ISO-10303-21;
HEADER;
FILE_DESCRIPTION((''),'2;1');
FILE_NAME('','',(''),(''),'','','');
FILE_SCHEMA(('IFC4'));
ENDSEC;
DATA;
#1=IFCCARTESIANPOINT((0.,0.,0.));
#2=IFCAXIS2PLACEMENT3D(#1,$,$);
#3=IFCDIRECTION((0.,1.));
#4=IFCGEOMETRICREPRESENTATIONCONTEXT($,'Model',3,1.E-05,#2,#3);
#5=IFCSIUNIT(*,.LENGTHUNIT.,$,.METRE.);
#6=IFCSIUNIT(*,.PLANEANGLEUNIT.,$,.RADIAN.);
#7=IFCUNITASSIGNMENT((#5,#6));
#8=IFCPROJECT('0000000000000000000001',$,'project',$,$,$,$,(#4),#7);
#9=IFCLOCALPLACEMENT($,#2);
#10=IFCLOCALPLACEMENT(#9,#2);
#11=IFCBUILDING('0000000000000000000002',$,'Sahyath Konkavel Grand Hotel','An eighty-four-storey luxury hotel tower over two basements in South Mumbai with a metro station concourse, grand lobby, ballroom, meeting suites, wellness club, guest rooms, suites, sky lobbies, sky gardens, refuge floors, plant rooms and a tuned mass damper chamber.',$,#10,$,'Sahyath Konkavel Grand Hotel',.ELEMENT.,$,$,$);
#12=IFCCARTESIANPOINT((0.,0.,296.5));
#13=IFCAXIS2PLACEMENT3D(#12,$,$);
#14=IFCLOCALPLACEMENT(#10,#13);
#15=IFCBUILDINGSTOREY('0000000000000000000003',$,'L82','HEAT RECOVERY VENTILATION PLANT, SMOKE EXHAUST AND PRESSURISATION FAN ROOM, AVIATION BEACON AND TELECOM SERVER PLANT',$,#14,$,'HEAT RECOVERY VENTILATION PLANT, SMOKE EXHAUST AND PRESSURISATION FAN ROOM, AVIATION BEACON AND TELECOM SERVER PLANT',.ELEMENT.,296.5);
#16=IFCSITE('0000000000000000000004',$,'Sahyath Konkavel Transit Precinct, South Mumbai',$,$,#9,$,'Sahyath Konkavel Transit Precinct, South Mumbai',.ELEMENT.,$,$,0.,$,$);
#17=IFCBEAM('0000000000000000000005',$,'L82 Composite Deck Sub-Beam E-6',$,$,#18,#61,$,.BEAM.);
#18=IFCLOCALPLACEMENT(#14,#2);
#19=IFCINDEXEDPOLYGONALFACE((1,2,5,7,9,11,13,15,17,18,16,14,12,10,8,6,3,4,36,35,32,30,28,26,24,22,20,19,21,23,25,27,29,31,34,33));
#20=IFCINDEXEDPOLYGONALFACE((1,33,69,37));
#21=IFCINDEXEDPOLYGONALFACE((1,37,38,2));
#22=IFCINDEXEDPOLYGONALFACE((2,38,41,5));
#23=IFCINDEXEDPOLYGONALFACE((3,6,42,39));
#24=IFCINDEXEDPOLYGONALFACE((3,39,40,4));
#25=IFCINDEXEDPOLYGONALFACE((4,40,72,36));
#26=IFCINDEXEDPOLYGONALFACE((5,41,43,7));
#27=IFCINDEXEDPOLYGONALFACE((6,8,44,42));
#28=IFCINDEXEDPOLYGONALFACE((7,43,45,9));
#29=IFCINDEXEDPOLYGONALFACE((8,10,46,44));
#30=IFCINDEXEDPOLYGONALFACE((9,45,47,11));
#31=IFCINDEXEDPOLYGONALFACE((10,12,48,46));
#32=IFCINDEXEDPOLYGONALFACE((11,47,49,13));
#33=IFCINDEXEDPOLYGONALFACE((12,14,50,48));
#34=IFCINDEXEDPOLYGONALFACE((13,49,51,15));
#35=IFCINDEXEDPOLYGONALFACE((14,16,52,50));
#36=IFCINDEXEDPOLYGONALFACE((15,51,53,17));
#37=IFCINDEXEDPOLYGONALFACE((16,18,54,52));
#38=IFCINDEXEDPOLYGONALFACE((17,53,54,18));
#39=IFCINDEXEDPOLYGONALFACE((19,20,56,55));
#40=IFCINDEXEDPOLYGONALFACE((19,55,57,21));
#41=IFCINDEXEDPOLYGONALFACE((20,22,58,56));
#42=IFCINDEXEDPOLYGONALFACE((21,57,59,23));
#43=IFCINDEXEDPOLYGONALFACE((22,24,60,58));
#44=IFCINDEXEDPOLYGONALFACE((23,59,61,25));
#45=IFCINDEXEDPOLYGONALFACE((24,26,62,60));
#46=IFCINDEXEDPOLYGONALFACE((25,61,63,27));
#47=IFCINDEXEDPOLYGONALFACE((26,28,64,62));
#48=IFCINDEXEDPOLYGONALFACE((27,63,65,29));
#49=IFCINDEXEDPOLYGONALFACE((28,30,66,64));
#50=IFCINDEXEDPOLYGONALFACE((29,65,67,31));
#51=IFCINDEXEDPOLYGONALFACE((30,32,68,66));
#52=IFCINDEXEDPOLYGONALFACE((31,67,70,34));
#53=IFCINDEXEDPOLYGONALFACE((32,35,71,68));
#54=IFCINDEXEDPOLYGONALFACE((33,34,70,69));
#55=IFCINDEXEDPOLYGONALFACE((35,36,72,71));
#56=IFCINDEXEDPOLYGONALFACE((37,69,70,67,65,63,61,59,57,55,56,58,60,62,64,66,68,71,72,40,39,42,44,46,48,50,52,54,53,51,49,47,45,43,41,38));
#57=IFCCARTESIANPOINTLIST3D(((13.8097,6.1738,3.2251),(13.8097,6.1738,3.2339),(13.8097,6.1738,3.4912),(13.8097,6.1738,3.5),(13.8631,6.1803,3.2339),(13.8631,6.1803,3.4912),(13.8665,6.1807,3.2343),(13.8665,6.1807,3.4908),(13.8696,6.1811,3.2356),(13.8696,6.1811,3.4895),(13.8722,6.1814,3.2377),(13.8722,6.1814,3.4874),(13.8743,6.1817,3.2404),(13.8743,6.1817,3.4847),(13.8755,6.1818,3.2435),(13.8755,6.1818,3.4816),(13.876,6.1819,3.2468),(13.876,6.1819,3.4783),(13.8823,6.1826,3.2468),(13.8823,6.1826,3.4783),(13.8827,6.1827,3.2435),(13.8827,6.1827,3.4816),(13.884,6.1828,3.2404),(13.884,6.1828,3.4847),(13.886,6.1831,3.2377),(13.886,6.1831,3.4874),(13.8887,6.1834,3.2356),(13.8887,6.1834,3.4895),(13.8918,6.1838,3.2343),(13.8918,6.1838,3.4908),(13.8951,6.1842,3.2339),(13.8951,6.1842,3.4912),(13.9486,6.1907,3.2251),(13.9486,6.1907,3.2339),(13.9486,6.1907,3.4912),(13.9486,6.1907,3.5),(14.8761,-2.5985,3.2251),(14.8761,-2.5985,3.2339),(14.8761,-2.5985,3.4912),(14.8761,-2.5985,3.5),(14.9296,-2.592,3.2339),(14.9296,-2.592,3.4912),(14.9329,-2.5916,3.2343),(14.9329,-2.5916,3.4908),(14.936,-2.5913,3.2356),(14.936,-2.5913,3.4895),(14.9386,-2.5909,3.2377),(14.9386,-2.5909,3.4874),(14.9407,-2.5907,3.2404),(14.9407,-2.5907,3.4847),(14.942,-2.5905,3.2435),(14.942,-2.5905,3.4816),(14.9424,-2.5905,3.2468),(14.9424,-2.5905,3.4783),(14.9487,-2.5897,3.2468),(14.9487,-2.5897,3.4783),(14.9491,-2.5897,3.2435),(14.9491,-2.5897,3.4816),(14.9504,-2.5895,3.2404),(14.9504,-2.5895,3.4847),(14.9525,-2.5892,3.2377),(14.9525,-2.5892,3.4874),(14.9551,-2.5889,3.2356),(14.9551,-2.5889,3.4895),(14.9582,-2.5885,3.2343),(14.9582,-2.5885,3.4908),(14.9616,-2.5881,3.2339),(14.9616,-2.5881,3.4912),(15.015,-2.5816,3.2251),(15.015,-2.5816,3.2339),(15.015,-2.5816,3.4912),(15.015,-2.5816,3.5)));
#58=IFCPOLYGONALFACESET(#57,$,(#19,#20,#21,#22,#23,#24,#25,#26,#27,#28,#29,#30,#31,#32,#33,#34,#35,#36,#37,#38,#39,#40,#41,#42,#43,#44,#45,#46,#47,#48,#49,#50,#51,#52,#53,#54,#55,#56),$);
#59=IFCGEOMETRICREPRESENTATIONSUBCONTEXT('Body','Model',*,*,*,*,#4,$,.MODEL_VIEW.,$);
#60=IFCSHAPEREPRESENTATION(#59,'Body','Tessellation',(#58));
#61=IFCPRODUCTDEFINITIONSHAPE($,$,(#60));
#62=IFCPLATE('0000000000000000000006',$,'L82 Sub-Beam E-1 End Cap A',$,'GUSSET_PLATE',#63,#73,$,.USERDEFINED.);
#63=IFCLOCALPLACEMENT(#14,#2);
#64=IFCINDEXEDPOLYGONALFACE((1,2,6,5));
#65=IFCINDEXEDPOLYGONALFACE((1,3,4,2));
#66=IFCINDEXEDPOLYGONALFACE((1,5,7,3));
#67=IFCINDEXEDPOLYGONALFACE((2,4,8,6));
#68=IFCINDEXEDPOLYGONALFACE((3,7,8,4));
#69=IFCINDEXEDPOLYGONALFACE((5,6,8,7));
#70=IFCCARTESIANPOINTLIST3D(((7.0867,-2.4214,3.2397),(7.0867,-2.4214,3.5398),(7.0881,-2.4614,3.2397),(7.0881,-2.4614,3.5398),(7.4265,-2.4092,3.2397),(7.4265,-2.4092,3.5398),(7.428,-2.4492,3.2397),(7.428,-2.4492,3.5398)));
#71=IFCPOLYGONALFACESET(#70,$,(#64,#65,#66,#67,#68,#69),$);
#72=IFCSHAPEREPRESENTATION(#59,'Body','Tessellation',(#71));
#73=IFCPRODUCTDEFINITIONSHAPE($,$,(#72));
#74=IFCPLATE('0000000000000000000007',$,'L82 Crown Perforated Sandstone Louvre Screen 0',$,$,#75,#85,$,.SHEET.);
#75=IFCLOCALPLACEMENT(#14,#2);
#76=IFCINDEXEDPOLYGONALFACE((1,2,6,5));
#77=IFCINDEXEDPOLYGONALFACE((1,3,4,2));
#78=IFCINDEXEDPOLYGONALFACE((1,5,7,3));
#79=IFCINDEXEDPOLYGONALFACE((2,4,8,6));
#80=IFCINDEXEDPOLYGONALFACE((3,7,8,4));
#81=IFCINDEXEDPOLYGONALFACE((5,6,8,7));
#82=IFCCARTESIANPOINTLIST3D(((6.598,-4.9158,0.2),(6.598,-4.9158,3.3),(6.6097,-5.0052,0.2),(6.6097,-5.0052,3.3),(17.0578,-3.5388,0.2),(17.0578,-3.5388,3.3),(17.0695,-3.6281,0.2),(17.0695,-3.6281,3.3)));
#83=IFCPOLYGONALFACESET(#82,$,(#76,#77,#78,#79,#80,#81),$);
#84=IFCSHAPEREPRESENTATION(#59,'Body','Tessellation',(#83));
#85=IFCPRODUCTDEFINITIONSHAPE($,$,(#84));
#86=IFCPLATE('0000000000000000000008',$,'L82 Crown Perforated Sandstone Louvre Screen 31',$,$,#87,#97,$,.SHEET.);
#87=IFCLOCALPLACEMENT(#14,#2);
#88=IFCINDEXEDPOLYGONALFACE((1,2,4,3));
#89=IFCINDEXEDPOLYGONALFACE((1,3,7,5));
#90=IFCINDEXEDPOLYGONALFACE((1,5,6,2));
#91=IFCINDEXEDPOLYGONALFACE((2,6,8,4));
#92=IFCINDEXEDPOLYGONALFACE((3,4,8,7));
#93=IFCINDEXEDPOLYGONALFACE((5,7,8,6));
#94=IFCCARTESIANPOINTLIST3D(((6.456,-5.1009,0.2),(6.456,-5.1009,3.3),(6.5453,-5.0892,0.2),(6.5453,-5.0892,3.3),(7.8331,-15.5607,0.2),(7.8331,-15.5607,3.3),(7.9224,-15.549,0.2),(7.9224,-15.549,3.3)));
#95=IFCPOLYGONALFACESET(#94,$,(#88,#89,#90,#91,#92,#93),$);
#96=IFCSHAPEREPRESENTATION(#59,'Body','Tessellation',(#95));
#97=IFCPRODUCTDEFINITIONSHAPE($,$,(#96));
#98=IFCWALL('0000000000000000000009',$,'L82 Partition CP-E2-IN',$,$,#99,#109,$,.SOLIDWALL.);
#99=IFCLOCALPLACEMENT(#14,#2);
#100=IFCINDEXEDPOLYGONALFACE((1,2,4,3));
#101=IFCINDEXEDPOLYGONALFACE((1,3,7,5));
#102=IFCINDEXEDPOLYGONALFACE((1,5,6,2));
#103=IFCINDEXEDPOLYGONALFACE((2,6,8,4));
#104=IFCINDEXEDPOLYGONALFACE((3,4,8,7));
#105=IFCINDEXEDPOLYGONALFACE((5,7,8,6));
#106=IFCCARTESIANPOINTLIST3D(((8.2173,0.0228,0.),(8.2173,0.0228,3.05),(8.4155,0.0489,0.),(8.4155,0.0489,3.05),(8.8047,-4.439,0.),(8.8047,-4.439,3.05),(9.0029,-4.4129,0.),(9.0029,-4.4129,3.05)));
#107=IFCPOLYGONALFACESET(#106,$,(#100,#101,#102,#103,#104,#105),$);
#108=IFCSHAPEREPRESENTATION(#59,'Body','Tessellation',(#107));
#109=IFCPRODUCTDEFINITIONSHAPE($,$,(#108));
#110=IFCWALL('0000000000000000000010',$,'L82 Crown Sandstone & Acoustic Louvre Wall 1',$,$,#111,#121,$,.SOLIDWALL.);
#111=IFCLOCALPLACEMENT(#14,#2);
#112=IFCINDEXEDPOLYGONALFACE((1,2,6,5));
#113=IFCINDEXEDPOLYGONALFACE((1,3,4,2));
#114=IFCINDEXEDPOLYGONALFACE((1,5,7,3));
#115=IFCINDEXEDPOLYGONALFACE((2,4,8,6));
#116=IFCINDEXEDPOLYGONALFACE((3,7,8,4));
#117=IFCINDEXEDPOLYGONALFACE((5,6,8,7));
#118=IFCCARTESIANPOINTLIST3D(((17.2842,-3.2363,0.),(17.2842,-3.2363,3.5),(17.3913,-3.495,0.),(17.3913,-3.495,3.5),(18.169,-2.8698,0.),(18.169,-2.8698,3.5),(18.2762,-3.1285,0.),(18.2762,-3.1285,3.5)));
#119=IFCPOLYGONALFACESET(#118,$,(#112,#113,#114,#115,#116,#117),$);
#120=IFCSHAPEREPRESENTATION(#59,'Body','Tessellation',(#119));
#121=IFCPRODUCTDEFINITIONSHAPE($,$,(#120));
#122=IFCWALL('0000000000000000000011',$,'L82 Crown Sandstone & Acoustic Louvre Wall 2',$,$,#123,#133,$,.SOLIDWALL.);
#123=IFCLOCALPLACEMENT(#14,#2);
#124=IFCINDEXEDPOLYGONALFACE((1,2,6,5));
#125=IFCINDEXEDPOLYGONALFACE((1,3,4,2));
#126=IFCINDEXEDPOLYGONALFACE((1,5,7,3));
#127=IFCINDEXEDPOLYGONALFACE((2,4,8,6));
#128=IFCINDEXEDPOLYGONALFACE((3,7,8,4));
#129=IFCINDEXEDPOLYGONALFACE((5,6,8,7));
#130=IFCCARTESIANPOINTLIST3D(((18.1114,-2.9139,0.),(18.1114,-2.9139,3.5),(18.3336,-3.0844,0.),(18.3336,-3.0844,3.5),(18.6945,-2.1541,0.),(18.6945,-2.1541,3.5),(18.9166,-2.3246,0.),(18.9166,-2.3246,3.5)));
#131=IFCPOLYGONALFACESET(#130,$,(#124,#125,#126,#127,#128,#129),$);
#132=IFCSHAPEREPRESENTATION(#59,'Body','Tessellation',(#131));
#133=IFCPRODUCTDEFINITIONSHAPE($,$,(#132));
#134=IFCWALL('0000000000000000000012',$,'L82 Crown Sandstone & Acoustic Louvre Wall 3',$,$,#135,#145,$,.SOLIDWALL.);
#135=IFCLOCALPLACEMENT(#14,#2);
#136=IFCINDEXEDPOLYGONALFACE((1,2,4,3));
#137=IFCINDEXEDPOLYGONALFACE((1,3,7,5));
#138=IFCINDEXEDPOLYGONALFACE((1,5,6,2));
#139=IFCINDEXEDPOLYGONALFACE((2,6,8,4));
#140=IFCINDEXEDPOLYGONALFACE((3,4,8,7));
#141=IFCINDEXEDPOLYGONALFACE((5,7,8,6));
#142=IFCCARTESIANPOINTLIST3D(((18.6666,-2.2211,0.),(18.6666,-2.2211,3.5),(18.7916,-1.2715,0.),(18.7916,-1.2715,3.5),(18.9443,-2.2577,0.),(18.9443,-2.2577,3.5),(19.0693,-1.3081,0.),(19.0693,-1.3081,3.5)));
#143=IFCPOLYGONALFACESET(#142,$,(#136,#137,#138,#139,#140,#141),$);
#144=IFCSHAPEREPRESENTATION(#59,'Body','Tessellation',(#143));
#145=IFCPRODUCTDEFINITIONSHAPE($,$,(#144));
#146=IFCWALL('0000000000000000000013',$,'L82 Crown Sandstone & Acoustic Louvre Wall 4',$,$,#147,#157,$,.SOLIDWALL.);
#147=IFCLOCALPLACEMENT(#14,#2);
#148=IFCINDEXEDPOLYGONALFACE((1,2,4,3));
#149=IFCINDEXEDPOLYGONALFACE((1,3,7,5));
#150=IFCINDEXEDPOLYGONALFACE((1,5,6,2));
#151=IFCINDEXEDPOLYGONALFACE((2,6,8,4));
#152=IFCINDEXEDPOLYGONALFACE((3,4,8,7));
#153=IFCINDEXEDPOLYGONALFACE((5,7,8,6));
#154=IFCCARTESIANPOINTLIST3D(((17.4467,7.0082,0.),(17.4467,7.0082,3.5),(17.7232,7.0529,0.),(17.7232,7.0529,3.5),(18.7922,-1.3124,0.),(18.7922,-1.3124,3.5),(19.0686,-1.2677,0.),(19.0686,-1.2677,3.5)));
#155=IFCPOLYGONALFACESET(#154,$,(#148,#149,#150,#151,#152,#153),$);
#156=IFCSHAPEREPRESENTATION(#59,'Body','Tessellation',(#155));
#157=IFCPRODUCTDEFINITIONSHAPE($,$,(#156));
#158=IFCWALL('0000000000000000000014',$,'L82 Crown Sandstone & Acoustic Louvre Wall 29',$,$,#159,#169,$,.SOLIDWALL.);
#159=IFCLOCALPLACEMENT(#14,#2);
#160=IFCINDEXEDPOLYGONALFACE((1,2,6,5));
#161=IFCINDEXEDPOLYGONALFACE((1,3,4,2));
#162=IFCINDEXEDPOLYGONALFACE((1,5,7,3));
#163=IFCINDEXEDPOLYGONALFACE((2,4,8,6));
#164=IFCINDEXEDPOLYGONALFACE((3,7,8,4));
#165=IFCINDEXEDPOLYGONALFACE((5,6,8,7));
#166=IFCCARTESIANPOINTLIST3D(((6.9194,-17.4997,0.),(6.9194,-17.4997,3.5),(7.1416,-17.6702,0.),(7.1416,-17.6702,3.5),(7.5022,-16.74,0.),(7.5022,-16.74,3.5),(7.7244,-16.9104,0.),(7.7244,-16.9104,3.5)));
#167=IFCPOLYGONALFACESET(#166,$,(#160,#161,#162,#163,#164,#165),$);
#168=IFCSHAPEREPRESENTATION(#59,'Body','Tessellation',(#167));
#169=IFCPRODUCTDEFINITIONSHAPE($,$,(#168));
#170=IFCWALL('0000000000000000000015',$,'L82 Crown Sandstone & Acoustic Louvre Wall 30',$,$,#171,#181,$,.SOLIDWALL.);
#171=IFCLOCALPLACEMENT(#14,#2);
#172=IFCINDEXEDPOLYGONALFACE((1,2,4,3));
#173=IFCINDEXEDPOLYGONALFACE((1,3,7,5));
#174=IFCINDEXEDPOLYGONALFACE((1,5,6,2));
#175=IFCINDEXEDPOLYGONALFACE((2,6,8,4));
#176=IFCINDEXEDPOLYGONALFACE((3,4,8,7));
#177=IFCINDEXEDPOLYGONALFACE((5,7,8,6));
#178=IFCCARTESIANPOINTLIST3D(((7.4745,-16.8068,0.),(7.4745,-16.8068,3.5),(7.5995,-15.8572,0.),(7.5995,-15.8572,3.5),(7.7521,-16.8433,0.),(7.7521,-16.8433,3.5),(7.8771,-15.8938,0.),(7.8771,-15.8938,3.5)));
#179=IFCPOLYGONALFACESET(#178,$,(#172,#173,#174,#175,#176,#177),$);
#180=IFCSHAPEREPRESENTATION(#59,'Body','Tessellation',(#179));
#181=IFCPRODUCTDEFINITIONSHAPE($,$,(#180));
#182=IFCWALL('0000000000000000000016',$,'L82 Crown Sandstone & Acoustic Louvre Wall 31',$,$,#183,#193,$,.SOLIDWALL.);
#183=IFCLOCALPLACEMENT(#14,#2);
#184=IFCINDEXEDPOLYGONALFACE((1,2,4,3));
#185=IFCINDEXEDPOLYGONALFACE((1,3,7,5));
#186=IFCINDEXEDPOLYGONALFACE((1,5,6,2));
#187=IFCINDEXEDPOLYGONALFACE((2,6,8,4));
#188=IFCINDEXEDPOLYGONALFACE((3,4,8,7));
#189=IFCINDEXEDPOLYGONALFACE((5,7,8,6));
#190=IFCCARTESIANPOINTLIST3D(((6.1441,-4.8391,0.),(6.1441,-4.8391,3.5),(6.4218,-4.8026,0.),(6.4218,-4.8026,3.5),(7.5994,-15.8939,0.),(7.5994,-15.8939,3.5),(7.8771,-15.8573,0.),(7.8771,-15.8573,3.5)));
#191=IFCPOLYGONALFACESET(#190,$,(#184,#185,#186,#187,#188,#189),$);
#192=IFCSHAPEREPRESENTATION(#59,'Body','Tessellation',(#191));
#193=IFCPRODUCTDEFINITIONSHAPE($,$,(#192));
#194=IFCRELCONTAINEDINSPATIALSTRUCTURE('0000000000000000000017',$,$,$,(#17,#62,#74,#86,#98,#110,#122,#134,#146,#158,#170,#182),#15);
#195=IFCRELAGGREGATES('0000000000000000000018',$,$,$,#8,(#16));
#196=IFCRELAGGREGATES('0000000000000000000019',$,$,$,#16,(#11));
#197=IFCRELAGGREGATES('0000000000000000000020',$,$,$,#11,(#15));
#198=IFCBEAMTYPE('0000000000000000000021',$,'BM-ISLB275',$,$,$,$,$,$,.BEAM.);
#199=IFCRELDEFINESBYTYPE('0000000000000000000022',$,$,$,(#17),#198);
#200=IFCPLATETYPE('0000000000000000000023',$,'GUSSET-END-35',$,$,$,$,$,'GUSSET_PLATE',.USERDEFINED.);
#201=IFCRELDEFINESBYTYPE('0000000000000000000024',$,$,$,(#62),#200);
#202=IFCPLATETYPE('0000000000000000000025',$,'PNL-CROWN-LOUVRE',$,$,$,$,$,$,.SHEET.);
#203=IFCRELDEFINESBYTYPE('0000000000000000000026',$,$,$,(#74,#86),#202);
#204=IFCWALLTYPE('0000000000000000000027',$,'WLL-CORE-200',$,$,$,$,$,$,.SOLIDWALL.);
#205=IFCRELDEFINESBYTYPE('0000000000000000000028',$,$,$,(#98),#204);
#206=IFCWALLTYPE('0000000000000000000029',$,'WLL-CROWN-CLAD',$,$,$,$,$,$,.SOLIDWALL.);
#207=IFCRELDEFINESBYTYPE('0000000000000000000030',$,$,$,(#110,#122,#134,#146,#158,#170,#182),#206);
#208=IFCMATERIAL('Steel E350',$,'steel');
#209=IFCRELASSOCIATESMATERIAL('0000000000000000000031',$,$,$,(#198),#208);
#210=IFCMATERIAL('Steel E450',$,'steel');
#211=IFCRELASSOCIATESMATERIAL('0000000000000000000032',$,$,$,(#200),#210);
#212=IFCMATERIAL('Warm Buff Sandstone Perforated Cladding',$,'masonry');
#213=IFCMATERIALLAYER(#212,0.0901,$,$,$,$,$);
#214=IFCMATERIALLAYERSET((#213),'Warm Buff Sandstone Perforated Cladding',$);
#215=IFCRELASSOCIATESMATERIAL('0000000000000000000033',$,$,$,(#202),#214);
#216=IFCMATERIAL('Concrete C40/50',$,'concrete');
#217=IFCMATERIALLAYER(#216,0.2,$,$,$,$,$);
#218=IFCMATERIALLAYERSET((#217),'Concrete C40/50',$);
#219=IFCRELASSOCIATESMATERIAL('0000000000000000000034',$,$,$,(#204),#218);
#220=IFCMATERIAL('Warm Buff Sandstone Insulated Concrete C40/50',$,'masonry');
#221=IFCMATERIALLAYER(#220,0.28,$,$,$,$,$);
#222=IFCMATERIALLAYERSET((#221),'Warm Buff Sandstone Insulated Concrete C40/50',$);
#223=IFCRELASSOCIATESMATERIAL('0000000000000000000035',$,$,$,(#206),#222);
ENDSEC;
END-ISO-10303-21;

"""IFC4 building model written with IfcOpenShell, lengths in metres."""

from ifc_helpers import new_model, si_unit, direction, frame, frame_2d, origin, origin_2d, place, context, subcontext, project, spatial, rectangle, i_section, extrude, source, transform, mapped, material, layer, layer_set, material_profile, profile_set, type_object, element, save


model = new_model("IFC4")

# Units and contexts
model_context = context("Model", 3, precision=1e-05, world=origin(), true_north=direction((0.0, 1.0)))
body_context = subcontext(model_context, "Body", "Model", "MODEL_VIEW")
ifc_project = project(units=[si_unit("LENGTHUNIT", "METRE"), si_unit("PLANEANGLEUNIT", "RADIAN")], contexts=[model_context])

# Site, building, storey
site_placement = place(None, origin())
site = spatial("IfcSite", under=ifc_project, at=site_placement, Name="Sahyath Konkavel Transit Precinct, South Mumbai", LongName="Sahyath Konkavel Transit Precinct, South Mumbai", CompositionType="ELEMENT", RefElevation=0.0)
building_placement = place(site_placement, origin())
building = spatial("IfcBuilding", under=site, at=building_placement, Name="Sahyath Konkavel Grand Hotel", Description="An eighty-four-storey luxury hotel tower over two basements in South Mumbai with a metro station concourse, grand lobby, ballroom, meeting suites, wellness club, guest rooms, suites, sky lobbies, sky gardens, refuge floors, plant rooms and a tuned mass damper chamber.", LongName="Sahyath Konkavel Grand Hotel", CompositionType="ELEMENT")
storey_placement = place(building_placement, frame((0.0, 0.0, 296.5)))
storey = spatial("IfcBuildingStorey", under=building, at=storey_placement, Name="L82", Description="HEAT RECOVERY VENTILATION PLANT, SMOKE EXHAUST AND PRESSURISATION FAN ROOM, AVIATION BEACON AND TELECOM SERVER PLANT", LongName="HEAT RECOVERY VENTILATION PLANT, SMOKE EXHAUST AND PRESSURISATION FAN ROOM, AVIATION BEACON AND TELECOM SERVER PLANT", CompositionType="ELEMENT", Elevation=296.5)

# Shared definitions
ifc_material_1 = material(Name="Concrete C40/50", Category="concrete")

# Beam
ifc_material_2 = material(Name="Steel E350", Category="steel")
ifc_material_profile_1 = material_profile(ifc_material_2, i_section(OverallWidth=0.1399, OverallDepth=0.2749, WebThickness=0.0063, FlangeThickness=0.0088, FilletRadius=0.0129, at=origin_2d()), Name="ISLB 275")
ifc_profile_set_1 = profile_set([ifc_material_profile_1], Name="Steel E350")
beam_type_1 = type_object("IfcBeamType", Name="BM-ISLB275", PredefinedType="BEAM", material=ifc_profile_set_1)
shared_shape_1 = source(origin(), body_context, "Body", "SweptSolid", [
    extrude(i_section(OverallWidth=0.1399, OverallDepth=0.2749, WebThickness=0.0063, FlangeThickness=0.0088, FilletRadius=0.0129, at=origin_2d()), origin(), (0.0, 0.0, 1.0), 8.8369),
])
beam_1_placement = place(storey_placement, frame((14.9456, -2.5901, 3.3625), z_axis=(-0.120678, 0.992692, 0.0), x_axis=(-0.992692, -0.120678, 0.0)))
element("IfcBeam", 1, at=beam_1_placement, inside=storey, type_object=beam_type_1, Name="L82 Composite Deck Sub-Beam E-6", PredefinedType="BEAM", context=body_context, shape_type="MappedRepresentation", body=[
    mapped(shared_shape_1, transform((0.0, 0.0, 0.0), scale=1.0)),
])

# Plates
ifc_material_3 = material(Name="Steel E450", Category="steel")
plate_type_1 = type_object("IfcPlateType", Name="GUSSET-END-35", ElementType="GUSSET_PLATE", PredefinedType="USERDEFINED", material=ifc_material_3)
shared_shape_2 = source(origin(), body_context, "Body", "SweptSolid", [
    extrude(rectangle(XDim=0.04, YDim=0.3401, at=origin_2d()), origin(), (0.0, 0.0, 1.0), 0.3),
])
plate_placement = place(storey_placement, frame((7.2573, -2.4353, 3.2397), z_axis=(0.0, 0.0, 1.0), x_axis=(-0.035789, 0.999359, 0.0)))
element("IfcPlate", 2, at=plate_placement, inside=storey, type_object=plate_type_1, Name="L82 Sub-Beam E-1 End Cap A", ObjectType="GUSSET_PLATE", PredefinedType="USERDEFINED", context=body_context, shape_type="MappedRepresentation", body=[
    mapped(shared_shape_2, transform((0.0, 0.0, 0.0), scale=1.0)),
])
ifc_material_4 = material(Name="Warm Buff Sandstone Perforated Cladding", Category="masonry")
ifc_layer_1 = layer(ifc_material_4, 0.0901)
ifc_layer_set_1 = layer_set([ifc_layer_1], Name="Warm Buff Sandstone Perforated Cladding")
plate_type_2 = type_object("IfcPlateType", Name="PNL-CROWN-LOUVRE", PredefinedType="SHEET", material=ifc_layer_set_1)
shared_shape_3 = source(origin(), body_context, "Body", "SweptSolid", [
    extrude(rectangle(XDim=10.55, YDim=0.0901, at=origin_2d()), origin(), (0.0, 0.0, 1.0), 3.1001),
])
for number, where, z_axis, x_axis, name in (
    (3, (11.8337, -4.272, 0.2), (0.0, 0.0, 1.0), (0.991445, 0.130526, 0.0), "L82 Crown Perforated Sandstone Louvre Screen 0"),
    (4, (7.1892, -10.325, 0.2), (0.0, 0.0, 1.0), (-0.130526, 0.991445, 0.0), "L82 Crown Perforated Sandstone Louvre Screen 31"),
):
    element("IfcPlate", number, at=place(storey_placement, frame(where, z_axis=z_axis, x_axis=x_axis)), inside=storey, type_object=plate_type_2, Name=name, PredefinedType="SHEET", context=body_context, shape_type="MappedRepresentation", body=[
        mapped(shared_shape_3, transform((0.0, 0.0, 0.0), scale=1.0)),
    ])

# Walls
ifc_layer_2 = layer(ifc_material_1, 0.2)
ifc_layer_set_2 = layer_set([ifc_layer_2], Name="Concrete C40/50")
wall_type_1 = type_object("IfcWallType", Name="WLL-CORE-200", PredefinedType="SOLIDWALL", material=ifc_layer_set_2)
wall_1_placement = place(storey_placement, frame((8.9038, -4.4258, 0.0), z_axis=(0.0, 0.0, 1.0), x_axis=(-0.130529, 0.991445, 0.0)))
element("IfcWall", 5, at=wall_1_placement, inside=storey, type_object=wall_type_1, Name="L82 Partition CP-E2-IN", PredefinedType="SOLIDWALL", context=body_context, shape_type="SweptSolid", body=[
    extrude(rectangle(XDim=4.5002, YDim=0.2, at=frame_2d((2.25, 0.0))), origin(), (0.0, 0.0, 1.0), 3.05),
])
ifc_material_5 = material(Name="Warm Buff Sandstone Insulated Concrete C40/50", Category="masonry")
ifc_layer_3 = layer(ifc_material_5, 0.28)
ifc_layer_set_3 = layer_set([ifc_layer_3], Name="Warm Buff Sandstone Insulated Concrete C40/50")
wall_type_2 = type_object("IfcWallType", Name="WLL-CROWN-CLAD", PredefinedType="SOLIDWALL", material=ifc_layer_set_3)
for number, where, z_axis, x_axis, name in (
    (6, (17.3376, -3.3657, 0.0), (0.0, 0.0, 1.0), (0.923889, 0.38266, 0.0), "L82 Crown Sandstone & Acoustic Louvre Wall 1"),
    (7, (18.2224, -2.9993, 0.0), (0.0, 0.0, 1.0), (0.608774, 0.793344, 0.0), "L82 Crown Sandstone & Acoustic Louvre Wall 2"),
    (8, (18.8054, -2.2395, 0.0), (0.0, 0.0, 1.0), (0.130527, 0.991445, 0.0), "L82 Crown Sandstone & Acoustic Louvre Wall 3"),
):
    element("IfcWall", number, at=place(storey_placement, frame(where, z_axis=z_axis, x_axis=x_axis)), inside=storey, type_object=wall_type_2, Name=name, PredefinedType="SOLIDWALL", context=body_context, shape_type="SweptSolid", body=[
        extrude(rectangle(XDim=0.9578, YDim=0.28, at=frame_2d((0.479, 0.0))), origin(), (0.0, 0.0, 1.0), 3.5),
    ])
wall_2_placement = place(storey_placement, frame((18.9304, -1.29, 0.0), z_axis=(0.0, 0.0, 1.0), x_axis=(-0.159629, 0.987177, 0.0)))
element("IfcWall", 9, at=wall_2_placement, inside=storey, type_object=wall_type_2, Name="L82 Crown Sandstone & Acoustic Louvre Wall 4", PredefinedType="SOLIDWALL", context=body_context, shape_type="SweptSolid", body=[
    extrude(rectangle(XDim=8.4287, YDim=0.28, at=frame_2d((4.2144, 0.0))), origin(), (0.0, 0.0, 1.0), 3.5),
])
wall_3_placement = place(storey_placement, frame((7.0305, -17.585, 0.0), z_axis=(0.0, 0.0, 1.0), x_axis=(0.608614, 0.793467, 0.0)))
element("IfcWall", 10, at=wall_3_placement, inside=storey, type_object=wall_type_2, Name="L82 Crown Sandstone & Acoustic Louvre Wall 29", PredefinedType="SOLIDWALL", context=body_context, shape_type="SweptSolid", body=[
    extrude(rectangle(XDim=0.9575, YDim=0.28, at=frame_2d((0.4788, 0.0))), origin(), (0.0, 0.0, 1.0), 3.5),
])
wall_4_placement = place(storey_placement, frame((7.6133, -16.8252, 0.0), z_axis=(0.0, 0.0, 1.0), x_axis=(0.130527, 0.991445, 0.0)))
element("IfcWall", 11, at=wall_4_placement, inside=storey, type_object=wall_type_2, Name="L82 Crown Sandstone & Acoustic Louvre Wall 30", PredefinedType="SOLIDWALL", context=body_context, shape_type="SweptSolid", body=[
    extrude(rectangle(XDim=0.9578, YDim=0.28, at=frame_2d((0.479, 0.0))), origin(), (0.0, 0.0, 1.0), 3.5),
])
wall_5_placement = place(storey_placement, frame((7.7383, -15.8757, 0.0), z_axis=(0.0, 0.0, 1.0), x_axis=(-0.130521, 0.991445, 0.0)))
element("IfcWall", 12, at=wall_5_placement, inside=storey, type_object=wall_type_2, Name="L82 Crown Sandstone & Acoustic Louvre Wall 31", PredefinedType="SOLIDWALL", context=body_context, shape_type="SweptSolid", body=[
    extrude(rectangle(XDim=11.1501, YDim=0.28, at=frame_2d((5.5752, 0.0))), origin(), (0.0, 0.0, 1.0), 3.5),
])

save(model, "model.ifc")
